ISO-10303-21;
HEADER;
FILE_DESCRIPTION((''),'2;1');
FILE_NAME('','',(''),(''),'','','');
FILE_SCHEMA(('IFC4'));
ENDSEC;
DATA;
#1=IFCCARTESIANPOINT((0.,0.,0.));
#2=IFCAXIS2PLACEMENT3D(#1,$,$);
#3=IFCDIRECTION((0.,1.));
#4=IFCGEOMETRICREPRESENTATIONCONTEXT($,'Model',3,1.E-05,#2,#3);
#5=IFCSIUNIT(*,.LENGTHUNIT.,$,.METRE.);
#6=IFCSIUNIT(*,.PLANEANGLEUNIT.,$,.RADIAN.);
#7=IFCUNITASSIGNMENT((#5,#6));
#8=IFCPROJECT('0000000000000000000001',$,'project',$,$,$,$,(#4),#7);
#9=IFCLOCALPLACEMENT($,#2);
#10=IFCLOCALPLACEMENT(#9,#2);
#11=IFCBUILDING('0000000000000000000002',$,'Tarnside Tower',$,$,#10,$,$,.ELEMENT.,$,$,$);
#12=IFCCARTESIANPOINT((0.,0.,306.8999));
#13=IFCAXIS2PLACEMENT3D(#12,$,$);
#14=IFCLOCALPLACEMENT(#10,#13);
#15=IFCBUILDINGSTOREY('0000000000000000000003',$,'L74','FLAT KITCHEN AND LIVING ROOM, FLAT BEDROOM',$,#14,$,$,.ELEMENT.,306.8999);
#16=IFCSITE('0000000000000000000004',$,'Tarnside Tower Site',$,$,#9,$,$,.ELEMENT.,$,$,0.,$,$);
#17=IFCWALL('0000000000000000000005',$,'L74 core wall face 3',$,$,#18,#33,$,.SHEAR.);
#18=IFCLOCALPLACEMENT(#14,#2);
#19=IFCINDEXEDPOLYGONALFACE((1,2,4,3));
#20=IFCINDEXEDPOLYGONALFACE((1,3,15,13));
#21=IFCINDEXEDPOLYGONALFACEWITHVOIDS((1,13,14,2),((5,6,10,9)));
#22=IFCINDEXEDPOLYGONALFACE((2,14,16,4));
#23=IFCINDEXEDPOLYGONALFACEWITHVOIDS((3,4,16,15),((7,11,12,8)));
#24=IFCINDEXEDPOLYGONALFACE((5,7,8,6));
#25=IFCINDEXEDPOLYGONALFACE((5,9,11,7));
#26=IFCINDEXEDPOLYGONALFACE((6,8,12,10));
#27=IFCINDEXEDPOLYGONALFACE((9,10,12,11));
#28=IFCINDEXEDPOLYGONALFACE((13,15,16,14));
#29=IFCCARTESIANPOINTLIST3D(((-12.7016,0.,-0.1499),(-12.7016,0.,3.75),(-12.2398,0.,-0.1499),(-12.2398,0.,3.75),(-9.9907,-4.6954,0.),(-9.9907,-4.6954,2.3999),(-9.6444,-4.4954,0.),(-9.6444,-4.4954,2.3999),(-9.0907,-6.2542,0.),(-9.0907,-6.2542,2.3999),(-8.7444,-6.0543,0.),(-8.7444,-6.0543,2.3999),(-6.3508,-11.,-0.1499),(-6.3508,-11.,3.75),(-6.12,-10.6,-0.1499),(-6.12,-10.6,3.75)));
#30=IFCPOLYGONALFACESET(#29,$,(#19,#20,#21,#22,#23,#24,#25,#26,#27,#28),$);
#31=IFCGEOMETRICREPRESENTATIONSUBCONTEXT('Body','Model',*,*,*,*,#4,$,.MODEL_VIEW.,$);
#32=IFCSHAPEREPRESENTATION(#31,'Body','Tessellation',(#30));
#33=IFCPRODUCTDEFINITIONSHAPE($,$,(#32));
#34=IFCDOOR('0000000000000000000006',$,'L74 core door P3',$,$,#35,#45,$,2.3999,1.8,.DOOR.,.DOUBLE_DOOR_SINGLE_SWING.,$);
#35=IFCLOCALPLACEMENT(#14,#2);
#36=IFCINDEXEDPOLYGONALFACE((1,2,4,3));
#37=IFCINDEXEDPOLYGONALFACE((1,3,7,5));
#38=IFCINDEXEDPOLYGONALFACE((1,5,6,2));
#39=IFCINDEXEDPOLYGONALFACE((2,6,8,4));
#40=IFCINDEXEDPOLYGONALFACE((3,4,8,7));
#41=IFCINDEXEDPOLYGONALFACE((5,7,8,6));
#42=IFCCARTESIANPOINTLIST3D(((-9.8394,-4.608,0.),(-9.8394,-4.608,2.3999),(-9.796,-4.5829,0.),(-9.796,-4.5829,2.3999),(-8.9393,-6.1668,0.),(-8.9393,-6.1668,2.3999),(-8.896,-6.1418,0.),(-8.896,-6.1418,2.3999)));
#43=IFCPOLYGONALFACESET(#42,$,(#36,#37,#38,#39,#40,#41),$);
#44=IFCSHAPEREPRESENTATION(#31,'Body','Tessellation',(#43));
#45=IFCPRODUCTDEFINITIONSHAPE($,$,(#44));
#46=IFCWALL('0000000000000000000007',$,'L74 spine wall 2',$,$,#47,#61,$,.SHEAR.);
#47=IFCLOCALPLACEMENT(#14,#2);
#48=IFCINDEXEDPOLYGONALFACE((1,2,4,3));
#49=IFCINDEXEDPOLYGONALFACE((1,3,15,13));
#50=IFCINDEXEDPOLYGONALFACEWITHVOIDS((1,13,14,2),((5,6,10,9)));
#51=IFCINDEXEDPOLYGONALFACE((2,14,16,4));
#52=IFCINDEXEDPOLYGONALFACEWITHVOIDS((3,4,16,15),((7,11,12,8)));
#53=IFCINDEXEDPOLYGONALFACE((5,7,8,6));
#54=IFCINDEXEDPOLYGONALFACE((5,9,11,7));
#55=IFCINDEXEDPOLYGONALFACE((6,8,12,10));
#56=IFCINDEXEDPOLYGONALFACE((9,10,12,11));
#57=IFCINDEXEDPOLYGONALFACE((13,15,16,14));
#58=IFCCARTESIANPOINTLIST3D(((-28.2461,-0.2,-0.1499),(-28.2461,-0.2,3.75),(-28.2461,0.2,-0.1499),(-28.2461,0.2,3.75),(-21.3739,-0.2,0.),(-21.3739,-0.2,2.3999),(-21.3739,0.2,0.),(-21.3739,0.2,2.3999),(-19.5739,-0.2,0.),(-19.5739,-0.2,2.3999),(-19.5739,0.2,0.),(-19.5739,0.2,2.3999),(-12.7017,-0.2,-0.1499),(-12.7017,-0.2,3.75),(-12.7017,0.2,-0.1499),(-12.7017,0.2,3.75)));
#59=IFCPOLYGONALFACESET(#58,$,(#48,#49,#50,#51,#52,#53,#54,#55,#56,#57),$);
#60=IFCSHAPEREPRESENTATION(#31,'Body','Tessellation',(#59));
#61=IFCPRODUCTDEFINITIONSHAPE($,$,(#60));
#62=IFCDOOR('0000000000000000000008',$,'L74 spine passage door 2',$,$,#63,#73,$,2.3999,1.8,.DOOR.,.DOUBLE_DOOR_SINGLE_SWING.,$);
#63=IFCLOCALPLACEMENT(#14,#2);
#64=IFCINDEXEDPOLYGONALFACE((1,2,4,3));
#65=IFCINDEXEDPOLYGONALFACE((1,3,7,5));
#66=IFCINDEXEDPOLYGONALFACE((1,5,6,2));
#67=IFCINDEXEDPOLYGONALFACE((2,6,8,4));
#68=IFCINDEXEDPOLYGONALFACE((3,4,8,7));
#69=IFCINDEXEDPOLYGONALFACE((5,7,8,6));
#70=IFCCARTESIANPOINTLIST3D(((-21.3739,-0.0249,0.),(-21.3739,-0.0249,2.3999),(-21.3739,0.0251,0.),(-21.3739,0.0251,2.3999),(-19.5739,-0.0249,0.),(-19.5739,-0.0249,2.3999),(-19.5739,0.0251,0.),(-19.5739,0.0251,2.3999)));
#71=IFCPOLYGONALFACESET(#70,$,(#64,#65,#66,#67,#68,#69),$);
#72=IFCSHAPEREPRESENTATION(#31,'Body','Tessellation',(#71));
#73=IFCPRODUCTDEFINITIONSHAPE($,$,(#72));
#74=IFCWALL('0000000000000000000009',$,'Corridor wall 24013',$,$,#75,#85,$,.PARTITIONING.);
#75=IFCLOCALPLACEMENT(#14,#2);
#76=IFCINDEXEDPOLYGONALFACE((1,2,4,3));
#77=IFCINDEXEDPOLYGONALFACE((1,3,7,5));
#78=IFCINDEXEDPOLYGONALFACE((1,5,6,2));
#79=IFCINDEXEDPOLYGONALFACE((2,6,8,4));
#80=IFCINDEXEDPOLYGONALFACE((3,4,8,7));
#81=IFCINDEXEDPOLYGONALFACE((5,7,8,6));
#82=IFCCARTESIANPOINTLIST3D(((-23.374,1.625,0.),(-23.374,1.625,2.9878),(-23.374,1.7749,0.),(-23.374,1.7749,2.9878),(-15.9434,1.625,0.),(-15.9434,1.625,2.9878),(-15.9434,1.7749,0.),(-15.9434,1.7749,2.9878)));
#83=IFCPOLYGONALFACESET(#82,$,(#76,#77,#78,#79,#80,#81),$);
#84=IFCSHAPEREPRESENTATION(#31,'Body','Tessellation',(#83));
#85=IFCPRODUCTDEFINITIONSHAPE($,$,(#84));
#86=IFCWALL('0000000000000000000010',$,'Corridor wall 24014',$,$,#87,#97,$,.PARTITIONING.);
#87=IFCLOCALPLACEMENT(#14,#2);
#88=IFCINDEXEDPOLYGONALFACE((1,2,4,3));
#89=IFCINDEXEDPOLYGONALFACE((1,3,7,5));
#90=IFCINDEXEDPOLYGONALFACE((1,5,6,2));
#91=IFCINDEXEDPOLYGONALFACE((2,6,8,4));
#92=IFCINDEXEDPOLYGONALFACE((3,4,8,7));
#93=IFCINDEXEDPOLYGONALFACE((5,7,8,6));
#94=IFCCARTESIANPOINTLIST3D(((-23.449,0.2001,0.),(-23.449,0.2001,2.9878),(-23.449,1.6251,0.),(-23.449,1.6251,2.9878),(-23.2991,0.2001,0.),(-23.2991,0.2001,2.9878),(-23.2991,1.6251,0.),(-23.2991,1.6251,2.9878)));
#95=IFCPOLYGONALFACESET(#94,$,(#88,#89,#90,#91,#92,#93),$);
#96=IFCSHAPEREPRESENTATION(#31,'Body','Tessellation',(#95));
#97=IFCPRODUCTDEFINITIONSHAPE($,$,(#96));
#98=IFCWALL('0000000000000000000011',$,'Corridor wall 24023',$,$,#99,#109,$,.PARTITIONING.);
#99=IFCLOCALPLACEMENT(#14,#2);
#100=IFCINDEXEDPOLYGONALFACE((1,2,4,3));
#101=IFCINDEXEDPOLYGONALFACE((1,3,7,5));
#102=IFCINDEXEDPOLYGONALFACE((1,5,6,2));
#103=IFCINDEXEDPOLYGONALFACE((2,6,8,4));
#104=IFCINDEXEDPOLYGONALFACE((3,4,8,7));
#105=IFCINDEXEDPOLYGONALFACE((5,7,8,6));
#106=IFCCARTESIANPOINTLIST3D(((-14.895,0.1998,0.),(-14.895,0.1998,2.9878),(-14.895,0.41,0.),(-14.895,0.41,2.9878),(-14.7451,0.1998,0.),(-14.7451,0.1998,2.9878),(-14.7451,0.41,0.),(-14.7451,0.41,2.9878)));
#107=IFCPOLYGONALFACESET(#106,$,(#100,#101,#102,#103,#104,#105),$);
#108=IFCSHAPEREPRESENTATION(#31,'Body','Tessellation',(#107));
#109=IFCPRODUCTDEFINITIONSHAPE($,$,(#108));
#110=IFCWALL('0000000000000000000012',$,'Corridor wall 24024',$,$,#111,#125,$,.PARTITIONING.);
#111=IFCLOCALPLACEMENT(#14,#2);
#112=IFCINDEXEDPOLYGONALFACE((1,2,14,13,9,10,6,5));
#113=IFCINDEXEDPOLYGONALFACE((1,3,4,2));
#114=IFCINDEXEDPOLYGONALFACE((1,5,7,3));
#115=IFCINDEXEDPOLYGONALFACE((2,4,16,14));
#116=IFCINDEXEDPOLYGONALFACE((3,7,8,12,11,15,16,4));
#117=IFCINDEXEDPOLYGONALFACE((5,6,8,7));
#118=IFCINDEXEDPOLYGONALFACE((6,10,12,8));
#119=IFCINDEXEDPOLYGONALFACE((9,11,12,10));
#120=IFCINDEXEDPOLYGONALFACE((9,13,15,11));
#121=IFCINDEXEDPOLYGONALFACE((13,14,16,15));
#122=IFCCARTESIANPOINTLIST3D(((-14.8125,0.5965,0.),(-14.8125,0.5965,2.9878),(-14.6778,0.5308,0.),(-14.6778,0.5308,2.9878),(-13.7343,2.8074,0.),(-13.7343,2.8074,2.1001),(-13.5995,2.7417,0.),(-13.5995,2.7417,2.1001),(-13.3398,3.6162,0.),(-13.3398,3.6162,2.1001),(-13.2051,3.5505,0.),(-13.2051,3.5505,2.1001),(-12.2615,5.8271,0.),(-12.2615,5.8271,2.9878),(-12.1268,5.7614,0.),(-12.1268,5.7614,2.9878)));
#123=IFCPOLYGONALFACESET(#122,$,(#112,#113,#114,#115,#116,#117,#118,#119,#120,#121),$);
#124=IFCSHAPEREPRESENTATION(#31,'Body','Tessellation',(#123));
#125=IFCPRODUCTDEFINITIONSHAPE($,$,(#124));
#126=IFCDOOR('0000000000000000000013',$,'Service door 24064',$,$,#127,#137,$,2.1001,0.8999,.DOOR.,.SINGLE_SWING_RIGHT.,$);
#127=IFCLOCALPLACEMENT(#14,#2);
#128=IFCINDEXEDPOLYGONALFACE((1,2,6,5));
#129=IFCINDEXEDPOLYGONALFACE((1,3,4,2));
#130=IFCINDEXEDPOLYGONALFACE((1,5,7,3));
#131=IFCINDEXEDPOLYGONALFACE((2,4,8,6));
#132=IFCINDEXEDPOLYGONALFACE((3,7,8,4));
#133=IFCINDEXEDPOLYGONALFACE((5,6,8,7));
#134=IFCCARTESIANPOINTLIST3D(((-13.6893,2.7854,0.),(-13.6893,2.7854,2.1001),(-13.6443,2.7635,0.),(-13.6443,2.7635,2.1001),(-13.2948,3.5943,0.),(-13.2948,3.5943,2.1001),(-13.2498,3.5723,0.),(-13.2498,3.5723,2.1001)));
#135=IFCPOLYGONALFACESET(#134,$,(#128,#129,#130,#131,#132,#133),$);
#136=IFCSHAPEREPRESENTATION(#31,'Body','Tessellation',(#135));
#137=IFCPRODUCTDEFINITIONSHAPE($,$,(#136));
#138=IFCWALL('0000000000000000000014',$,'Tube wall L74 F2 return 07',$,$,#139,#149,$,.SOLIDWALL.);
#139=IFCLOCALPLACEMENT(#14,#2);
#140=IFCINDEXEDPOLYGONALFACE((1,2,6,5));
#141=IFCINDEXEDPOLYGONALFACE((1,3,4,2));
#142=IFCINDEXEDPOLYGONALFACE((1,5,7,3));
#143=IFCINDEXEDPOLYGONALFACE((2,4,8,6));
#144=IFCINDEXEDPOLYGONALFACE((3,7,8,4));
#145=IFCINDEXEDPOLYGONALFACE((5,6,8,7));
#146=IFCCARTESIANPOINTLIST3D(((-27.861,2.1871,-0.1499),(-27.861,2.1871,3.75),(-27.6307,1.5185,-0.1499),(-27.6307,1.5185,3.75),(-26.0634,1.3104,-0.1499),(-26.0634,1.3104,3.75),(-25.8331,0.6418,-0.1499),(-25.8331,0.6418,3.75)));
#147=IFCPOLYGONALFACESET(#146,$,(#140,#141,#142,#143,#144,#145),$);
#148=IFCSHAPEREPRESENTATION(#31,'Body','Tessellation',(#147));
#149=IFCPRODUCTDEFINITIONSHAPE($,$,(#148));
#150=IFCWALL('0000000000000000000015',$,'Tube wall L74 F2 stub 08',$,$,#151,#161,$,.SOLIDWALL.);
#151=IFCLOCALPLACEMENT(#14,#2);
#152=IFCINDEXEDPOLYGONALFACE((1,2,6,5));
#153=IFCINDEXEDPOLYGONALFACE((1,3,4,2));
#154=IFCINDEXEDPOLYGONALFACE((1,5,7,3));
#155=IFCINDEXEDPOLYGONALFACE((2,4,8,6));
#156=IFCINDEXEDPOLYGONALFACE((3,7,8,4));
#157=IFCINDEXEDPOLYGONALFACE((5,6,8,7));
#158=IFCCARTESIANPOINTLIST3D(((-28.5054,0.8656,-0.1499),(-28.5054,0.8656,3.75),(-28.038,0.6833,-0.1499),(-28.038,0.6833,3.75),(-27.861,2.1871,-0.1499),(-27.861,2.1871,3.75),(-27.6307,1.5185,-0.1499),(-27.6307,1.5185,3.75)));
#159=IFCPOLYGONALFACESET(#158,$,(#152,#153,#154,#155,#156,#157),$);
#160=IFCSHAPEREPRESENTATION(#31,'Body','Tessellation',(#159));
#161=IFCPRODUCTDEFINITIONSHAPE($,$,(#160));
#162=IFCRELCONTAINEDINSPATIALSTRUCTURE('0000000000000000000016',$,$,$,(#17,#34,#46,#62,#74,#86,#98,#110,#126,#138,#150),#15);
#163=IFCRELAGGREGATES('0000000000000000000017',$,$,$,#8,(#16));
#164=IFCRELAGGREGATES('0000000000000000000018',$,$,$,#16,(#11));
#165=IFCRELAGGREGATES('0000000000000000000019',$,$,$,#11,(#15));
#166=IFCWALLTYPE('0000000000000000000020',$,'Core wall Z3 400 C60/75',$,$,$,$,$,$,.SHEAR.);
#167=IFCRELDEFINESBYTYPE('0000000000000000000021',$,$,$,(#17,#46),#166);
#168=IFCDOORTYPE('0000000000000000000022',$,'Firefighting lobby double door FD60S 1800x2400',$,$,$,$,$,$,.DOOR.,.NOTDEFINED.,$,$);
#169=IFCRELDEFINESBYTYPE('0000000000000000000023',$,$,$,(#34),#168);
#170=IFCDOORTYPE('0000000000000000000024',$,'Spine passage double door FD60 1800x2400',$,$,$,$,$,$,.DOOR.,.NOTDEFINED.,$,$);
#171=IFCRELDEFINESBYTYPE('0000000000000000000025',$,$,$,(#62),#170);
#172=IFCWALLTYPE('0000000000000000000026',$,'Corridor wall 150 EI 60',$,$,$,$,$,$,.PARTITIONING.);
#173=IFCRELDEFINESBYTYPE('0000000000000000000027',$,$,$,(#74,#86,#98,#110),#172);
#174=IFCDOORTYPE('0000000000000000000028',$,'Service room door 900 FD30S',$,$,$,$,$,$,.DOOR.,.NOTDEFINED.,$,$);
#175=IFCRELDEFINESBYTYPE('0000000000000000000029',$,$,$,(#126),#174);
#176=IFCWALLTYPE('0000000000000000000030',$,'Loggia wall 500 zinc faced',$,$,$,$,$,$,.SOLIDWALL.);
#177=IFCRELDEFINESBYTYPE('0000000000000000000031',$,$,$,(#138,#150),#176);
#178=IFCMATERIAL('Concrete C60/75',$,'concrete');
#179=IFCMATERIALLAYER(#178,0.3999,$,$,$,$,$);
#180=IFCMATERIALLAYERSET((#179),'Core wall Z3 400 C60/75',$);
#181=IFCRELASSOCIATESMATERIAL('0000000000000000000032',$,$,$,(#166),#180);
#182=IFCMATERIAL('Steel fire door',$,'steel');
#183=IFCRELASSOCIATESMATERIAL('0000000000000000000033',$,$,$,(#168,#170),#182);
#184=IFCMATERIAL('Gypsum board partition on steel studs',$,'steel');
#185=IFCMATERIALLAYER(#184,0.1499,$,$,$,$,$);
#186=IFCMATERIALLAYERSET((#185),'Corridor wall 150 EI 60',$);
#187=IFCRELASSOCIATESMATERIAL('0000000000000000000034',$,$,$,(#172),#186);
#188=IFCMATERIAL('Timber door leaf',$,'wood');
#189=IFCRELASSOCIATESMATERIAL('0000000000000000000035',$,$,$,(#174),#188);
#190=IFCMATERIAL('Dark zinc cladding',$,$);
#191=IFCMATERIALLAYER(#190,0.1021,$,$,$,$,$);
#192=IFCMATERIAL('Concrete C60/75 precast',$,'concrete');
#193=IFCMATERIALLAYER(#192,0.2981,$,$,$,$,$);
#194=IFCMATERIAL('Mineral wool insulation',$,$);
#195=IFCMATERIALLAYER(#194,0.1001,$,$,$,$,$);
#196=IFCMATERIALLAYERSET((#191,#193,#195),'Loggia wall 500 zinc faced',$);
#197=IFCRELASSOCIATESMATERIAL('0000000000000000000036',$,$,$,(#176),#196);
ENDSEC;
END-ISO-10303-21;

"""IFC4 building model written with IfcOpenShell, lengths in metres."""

from ifc_helpers import new_model, si_unit, direction, frame, frame_2d, origin, place, context, subcontext, project, spatial, polyline, rectangle, outline, extrude, material, layer, layer_set, type_object, element, fill, save


model = new_model("IFC4")

# Units and contexts
model_context = context("Model", 3, precision=1e-05, world=origin(), true_north=direction((0.0, 1.0)))
body_context = subcontext(model_context, "Body", "Model", "MODEL_VIEW")
ifc_project = project(units=[si_unit("LENGTHUNIT", "METRE"), si_unit("PLANEANGLEUNIT", "RADIAN")], contexts=[model_context])

# Site, building, storey
site_placement = place(None, origin())
site = spatial("IfcSite", under=ifc_project, at=site_placement, Name="Tarnside Tower Site", CompositionType="ELEMENT", RefElevation=0.0)
building_placement = place(site_placement, origin())
building = spatial("IfcBuilding", under=site, at=building_placement, Name="Tarnside Tower", CompositionType="ELEMENT")
storey_placement = place(building_placement, frame((0.0, 0.0, 306.8999)))
storey = spatial("IfcBuildingStorey", under=building, at=storey_placement, Name="L74", Description="FLAT KITCHEN AND LIVING ROOM, FLAT BEDROOM", CompositionType="ELEMENT", Elevation=306.8999)

# Walls, openings, doors
ifc_material_1 = material(Name="Concrete C60/75", Category="concrete")
ifc_layer_1 = layer(ifc_material_1, 0.3999)
ifc_layer_set_1 = layer_set([ifc_layer_1], Name="Core wall Z3 400 C60/75")
wall_type_1 = type_object("IfcWallType", Name="Core wall Z3 400 C60/75", PredefinedType="SHEAR", material=ifc_layer_set_1)
wall_1_placement = place(storey_placement, frame((-12.4707, 0.0, -0.1499), z_axis=(0.0, 0.0, 1.0), x_axis=(0.499996, -0.866027, 0.0)))
wall_1 = element("IfcWall", 1, at=wall_1_placement, inside=storey, type_object=wall_type_1, Name="L74 core wall face 3", PredefinedType="SHEAR", context=body_context, shape_type="SweptSolid", body=[
    extrude(outline(polyline([(-0.1155, -0.2), (12.5862, -0.2), (12.3552, 0.2), (0.1155, 0.2), (-0.1155, -0.2)])), origin(), (0.0, 0.0, 1.0), 3.8999),
])
opening_1_placement = place(wall_1_placement, frame((5.3064, 0.0, 0.1499)))
opening_1 = element("IfcOpeningElement", 2, at=opening_1_placement, cuts=wall_1, PredefinedType="OPENING", context=body_context, shape_type="SweptSolid", body=[
    extrude(rectangle(XDim=1.8, YDim=2.3999, at=frame_2d((0.8999, 1.2))), frame((0.0, 0.21, 0.0), z_axis=(0.0, -1.0, 0.0), x_axis=(1.0, 0.0, 0.0)), (0.0, 0.0, 1.0), 0.4199),
])
ifc_material_2 = material(Name="Steel fire door", Category="steel")
door_type_1 = type_object("IfcDoorType", Name="Firefighting lobby double door FD60S 1800x2400", OperationType="NOTDEFINED", PredefinedType="DOOR", material=ifc_material_2)
door_1_placement = place(opening_1_placement, origin())
door_1 = element("IfcDoor", 3, at=door_1_placement, inside=storey, type_object=door_type_1, Name="L74 core door P3", OperationType="DOUBLE_DOOR_SINGLE_SWING", OverallHeight=2.3999, OverallWidth=1.8, PredefinedType="DOOR", context=body_context, shape_type="SweptSolid", body=[
    extrude(rectangle(XDim=1.8, YDim=2.3999, at=frame_2d((0.8999, 1.2))), frame((0.0, 0.0249, 0.0), z_axis=(0.0, -1.0, 0.0), x_axis=(1.0, 0.0, 0.0)), (0.0, 0.0, 1.0), 0.05),
])
fill(opening_1, door_1)
wall_2_placement = place(storey_placement, frame((-12.7017, 0.0, -0.1499), z_axis=(0.0, 0.0, 1.0), x_axis=(-1.0, 0.0, 0.0)))
wall_2 = element("IfcWall", 4, at=wall_2_placement, inside=storey, type_object=wall_type_1, Name="L74 spine wall 2", PredefinedType="SHEAR", context=body_context, shape_type="SweptSolid", body=[
    extrude(rectangle(XDim=15.5444, YDim=0.3999, at=frame_2d((7.7722, 0.0))), origin(), (0.0, 0.0, 1.0), 3.8999),
])
opening_2_placement = place(wall_2_placement, frame((6.8723, 0.0, 0.1499)))
opening_2 = element("IfcOpeningElement", 5, at=opening_2_placement, cuts=wall_2, PredefinedType="OPENING", context=body_context, shape_type="SweptSolid", body=[
    extrude(rectangle(XDim=1.8, YDim=2.3999, at=frame_2d((0.8999, 1.2))), frame((0.0, 0.21, 0.0), z_axis=(0.0, -1.0, 0.0), x_axis=(1.0, 0.0, 0.0)), (0.0, 0.0, 1.0), 0.4199),
])
door_type_2 = type_object("IfcDoorType", Name="Spine passage double door FD60 1800x2400", OperationType="NOTDEFINED", PredefinedType="DOOR", material=ifc_material_2)
door_2_placement = place(opening_2_placement, origin())
door_2 = element("IfcDoor", 6, at=door_2_placement, inside=storey, type_object=door_type_2, Name="L74 spine passage door 2", OperationType="DOUBLE_DOOR_SINGLE_SWING", OverallHeight=2.3999, OverallWidth=1.8, PredefinedType="DOOR", context=body_context, shape_type="SweptSolid", body=[
    extrude(rectangle(XDim=1.8, YDim=2.3999, at=frame_2d((0.8999, 1.2))), frame((0.0, 0.0249, 0.0), z_axis=(0.0, -1.0, 0.0), x_axis=(1.0, 0.0, 0.0)), (0.0, 0.0, 1.0), 0.05),
])
fill(opening_2, door_2)

# Walls
ifc_material_3 = material(Name="Gypsum board partition on steel studs", Category="steel")
ifc_layer_2 = layer(ifc_material_3, 0.1499)
ifc_layer_set_2 = layer_set([ifc_layer_2], Name="Corridor wall 150 EI 60")
wall_type_2 = type_object("IfcWallType", Name="Corridor wall 150 EI 60", PredefinedType="PARTITIONING", material=ifc_layer_set_2)
wall_3_placement = place(storey_placement, frame((-15.9434, 1.7, 0.0), z_axis=(0.0, 0.0, 1.0), x_axis=(-1.0, 0.0, 0.0)))
element("IfcWall", 7, at=wall_3_placement, inside=storey, type_object=wall_type_2, Name="Corridor wall 24013", PredefinedType="PARTITIONING", context=body_context, shape_type="SweptSolid", body=[
    extrude(rectangle(XDim=7.4307, YDim=0.1499, at=frame_2d((3.7153, 0.0))), origin(), (0.0, 0.0, 1.0), 2.9878),
])
wall_4_placement = place(storey_placement, frame((-23.374, 1.625, 0.0), z_axis=(0.0, 0.0, 1.0), x_axis=(0.0, -1.0, 0.0)))
element("IfcWall", 8, at=wall_4_placement, inside=storey, type_object=wall_type_2, Name="Corridor wall 24014", PredefinedType="PARTITIONING", context=body_context, shape_type="SweptSolid", body=[
    extrude(rectangle(XDim=1.425, YDim=0.1499, at=frame_2d((0.7124, 0.0))), origin(), (0.0, 0.0, 1.0), 2.9878),
])
wall_5_placement = place(storey_placement, frame((-14.8201, 0.2, 0.0), z_axis=(0.0, 0.0, 1.0), x_axis=(0.0, 1.0, 0.0)))
element("IfcWall", 9, at=wall_5_placement, inside=storey, type_object=wall_type_2, Name="Corridor wall 24023", PredefinedType="PARTITIONING", context=body_context, shape_type="SweptSolid", body=[
    extrude(rectangle(XDim=0.2102, YDim=0.1499, at=frame_2d((0.105, 0.0))), origin(), (0.0, 0.0, 1.0), 2.9878),
])

# Wall, opening, door
wall_6_placement = place(storey_placement, frame((-14.7451, 0.5637, 0.0), z_axis=(0.0, 0.0, 1.0), x_axis=(0.438348, 0.898805, 0.0)))
wall_6 = element("IfcWall", 10, at=wall_6_placement, inside=storey, type_object=wall_type_2, Name="Corridor wall 24024", PredefinedType="PARTITIONING", context=body_context, shape_type="SweptSolid", body=[
    extrude(rectangle(XDim=5.8196, YDim=0.1499, at=frame_2d((2.9097, 0.0))), origin(), (0.0, 0.0, 1.0), 2.9878),
])
opening_3_placement = place(wall_6_placement, frame((2.4597, 0.0, 0.0)))
opening_3 = element("IfcOpeningElement", 11, at=opening_3_placement, cuts=wall_6, PredefinedType="OPENING", context=body_context, shape_type="SweptSolid", body=[
    extrude(rectangle(XDim=0.8999, YDim=2.1001, at=frame_2d((0.45, 1.05))), frame((0.0, 0.085, 0.0), z_axis=(0.0, -1.0, 0.0), x_axis=(1.0, 0.0, 0.0)), (0.0, 0.0, 1.0), 0.1699),
])
ifc_material_4 = material(Name="Timber door leaf", Category="wood")
door_type_3 = type_object("IfcDoorType", Name="Service room door 900 FD30S", OperationType="NOTDEFINED", PredefinedType="DOOR", material=ifc_material_4)
door_3_placement = place(opening_3_placement, origin())
door_3 = element("IfcDoor", 12, at=door_3_placement, inside=storey, type_object=door_type_3, Name="Service door 24064", OperationType="SINGLE_SWING_RIGHT", OverallHeight=2.1001, OverallWidth=0.8999, PredefinedType="DOOR", context=body_context, shape_type="SweptSolid", body=[
    extrude(rectangle(XDim=0.8999, YDim=2.1001, at=frame_2d((0.45, 1.05))), frame((0.0, 0.0249, 0.0), z_axis=(0.0, -1.0, 0.0), x_axis=(1.0, 0.0, 0.0)), (0.0, 0.0, 1.0), 0.05),
])
fill(opening_3, door_3)

# Walls
ifc_material_5 = material(Name="Dark zinc cladding")
ifc_layer_3 = layer(ifc_material_5, 0.1021)
ifc_material_6 = material(Name="Concrete C60/75 precast", Category="concrete")
ifc_layer_4 = layer(ifc_material_6, 0.2981)
ifc_material_7 = material(Name="Mineral wool insulation")
ifc_layer_5 = layer(ifc_material_7, 0.1001)
ifc_layer_set_3 = layer_set([ifc_layer_3, ifc_layer_4, ifc_layer_5], Name="Loggia wall 500 zinc faced")
wall_type_3 = type_object("IfcWallType", Name="Loggia wall 500 zinc faced", PredefinedType="SOLIDWALL", material=ifc_layer_set_3)
wall_7_placement = place(storey_placement, frame((-25.9482, 0.9761, -0.1499), z_axis=(0.0, 0.0, 1.0), x_axis=(-0.898802, 0.438354, 0.0)))
element("IfcWall", 13, at=wall_7_placement, inside=storey, type_object=wall_type_3, Name="Tube wall L74 F2 return 07", PredefinedType="SOLIDWALL", context=body_context, shape_type="SweptSolid", body=[
    extrude(outline(polyline([(0.25, -0.25), (2.25, -0.25), (1.75, 0.25), (-0.25, 0.25), (0.25, -0.25)])), origin(), (0.0, 0.0, 1.0), 3.8999),
])
wall_8_placement = place(storey_placement, frame((-27.7458, 1.8528, -0.1499), z_axis=(0.0, 0.0, 1.0), x_axis=(-0.438319, -0.898819, 0.0)))
element("IfcWall", 14, at=wall_8_placement, inside=storey, type_object=wall_type_3, Name="Tube wall L74 F2 stub 08", PredefinedType="SOLIDWALL", context=body_context, shape_type="SweptSolid", body=[
    extrude(outline(polyline([(-0.25, -0.25), (1.2202, -0.25), (1.1792, 0.25), (0.25, 0.25), (-0.25, -0.25)])), origin(), (0.0, 0.0, 1.0), 3.8999),
])

save(model, "model.ifc")
